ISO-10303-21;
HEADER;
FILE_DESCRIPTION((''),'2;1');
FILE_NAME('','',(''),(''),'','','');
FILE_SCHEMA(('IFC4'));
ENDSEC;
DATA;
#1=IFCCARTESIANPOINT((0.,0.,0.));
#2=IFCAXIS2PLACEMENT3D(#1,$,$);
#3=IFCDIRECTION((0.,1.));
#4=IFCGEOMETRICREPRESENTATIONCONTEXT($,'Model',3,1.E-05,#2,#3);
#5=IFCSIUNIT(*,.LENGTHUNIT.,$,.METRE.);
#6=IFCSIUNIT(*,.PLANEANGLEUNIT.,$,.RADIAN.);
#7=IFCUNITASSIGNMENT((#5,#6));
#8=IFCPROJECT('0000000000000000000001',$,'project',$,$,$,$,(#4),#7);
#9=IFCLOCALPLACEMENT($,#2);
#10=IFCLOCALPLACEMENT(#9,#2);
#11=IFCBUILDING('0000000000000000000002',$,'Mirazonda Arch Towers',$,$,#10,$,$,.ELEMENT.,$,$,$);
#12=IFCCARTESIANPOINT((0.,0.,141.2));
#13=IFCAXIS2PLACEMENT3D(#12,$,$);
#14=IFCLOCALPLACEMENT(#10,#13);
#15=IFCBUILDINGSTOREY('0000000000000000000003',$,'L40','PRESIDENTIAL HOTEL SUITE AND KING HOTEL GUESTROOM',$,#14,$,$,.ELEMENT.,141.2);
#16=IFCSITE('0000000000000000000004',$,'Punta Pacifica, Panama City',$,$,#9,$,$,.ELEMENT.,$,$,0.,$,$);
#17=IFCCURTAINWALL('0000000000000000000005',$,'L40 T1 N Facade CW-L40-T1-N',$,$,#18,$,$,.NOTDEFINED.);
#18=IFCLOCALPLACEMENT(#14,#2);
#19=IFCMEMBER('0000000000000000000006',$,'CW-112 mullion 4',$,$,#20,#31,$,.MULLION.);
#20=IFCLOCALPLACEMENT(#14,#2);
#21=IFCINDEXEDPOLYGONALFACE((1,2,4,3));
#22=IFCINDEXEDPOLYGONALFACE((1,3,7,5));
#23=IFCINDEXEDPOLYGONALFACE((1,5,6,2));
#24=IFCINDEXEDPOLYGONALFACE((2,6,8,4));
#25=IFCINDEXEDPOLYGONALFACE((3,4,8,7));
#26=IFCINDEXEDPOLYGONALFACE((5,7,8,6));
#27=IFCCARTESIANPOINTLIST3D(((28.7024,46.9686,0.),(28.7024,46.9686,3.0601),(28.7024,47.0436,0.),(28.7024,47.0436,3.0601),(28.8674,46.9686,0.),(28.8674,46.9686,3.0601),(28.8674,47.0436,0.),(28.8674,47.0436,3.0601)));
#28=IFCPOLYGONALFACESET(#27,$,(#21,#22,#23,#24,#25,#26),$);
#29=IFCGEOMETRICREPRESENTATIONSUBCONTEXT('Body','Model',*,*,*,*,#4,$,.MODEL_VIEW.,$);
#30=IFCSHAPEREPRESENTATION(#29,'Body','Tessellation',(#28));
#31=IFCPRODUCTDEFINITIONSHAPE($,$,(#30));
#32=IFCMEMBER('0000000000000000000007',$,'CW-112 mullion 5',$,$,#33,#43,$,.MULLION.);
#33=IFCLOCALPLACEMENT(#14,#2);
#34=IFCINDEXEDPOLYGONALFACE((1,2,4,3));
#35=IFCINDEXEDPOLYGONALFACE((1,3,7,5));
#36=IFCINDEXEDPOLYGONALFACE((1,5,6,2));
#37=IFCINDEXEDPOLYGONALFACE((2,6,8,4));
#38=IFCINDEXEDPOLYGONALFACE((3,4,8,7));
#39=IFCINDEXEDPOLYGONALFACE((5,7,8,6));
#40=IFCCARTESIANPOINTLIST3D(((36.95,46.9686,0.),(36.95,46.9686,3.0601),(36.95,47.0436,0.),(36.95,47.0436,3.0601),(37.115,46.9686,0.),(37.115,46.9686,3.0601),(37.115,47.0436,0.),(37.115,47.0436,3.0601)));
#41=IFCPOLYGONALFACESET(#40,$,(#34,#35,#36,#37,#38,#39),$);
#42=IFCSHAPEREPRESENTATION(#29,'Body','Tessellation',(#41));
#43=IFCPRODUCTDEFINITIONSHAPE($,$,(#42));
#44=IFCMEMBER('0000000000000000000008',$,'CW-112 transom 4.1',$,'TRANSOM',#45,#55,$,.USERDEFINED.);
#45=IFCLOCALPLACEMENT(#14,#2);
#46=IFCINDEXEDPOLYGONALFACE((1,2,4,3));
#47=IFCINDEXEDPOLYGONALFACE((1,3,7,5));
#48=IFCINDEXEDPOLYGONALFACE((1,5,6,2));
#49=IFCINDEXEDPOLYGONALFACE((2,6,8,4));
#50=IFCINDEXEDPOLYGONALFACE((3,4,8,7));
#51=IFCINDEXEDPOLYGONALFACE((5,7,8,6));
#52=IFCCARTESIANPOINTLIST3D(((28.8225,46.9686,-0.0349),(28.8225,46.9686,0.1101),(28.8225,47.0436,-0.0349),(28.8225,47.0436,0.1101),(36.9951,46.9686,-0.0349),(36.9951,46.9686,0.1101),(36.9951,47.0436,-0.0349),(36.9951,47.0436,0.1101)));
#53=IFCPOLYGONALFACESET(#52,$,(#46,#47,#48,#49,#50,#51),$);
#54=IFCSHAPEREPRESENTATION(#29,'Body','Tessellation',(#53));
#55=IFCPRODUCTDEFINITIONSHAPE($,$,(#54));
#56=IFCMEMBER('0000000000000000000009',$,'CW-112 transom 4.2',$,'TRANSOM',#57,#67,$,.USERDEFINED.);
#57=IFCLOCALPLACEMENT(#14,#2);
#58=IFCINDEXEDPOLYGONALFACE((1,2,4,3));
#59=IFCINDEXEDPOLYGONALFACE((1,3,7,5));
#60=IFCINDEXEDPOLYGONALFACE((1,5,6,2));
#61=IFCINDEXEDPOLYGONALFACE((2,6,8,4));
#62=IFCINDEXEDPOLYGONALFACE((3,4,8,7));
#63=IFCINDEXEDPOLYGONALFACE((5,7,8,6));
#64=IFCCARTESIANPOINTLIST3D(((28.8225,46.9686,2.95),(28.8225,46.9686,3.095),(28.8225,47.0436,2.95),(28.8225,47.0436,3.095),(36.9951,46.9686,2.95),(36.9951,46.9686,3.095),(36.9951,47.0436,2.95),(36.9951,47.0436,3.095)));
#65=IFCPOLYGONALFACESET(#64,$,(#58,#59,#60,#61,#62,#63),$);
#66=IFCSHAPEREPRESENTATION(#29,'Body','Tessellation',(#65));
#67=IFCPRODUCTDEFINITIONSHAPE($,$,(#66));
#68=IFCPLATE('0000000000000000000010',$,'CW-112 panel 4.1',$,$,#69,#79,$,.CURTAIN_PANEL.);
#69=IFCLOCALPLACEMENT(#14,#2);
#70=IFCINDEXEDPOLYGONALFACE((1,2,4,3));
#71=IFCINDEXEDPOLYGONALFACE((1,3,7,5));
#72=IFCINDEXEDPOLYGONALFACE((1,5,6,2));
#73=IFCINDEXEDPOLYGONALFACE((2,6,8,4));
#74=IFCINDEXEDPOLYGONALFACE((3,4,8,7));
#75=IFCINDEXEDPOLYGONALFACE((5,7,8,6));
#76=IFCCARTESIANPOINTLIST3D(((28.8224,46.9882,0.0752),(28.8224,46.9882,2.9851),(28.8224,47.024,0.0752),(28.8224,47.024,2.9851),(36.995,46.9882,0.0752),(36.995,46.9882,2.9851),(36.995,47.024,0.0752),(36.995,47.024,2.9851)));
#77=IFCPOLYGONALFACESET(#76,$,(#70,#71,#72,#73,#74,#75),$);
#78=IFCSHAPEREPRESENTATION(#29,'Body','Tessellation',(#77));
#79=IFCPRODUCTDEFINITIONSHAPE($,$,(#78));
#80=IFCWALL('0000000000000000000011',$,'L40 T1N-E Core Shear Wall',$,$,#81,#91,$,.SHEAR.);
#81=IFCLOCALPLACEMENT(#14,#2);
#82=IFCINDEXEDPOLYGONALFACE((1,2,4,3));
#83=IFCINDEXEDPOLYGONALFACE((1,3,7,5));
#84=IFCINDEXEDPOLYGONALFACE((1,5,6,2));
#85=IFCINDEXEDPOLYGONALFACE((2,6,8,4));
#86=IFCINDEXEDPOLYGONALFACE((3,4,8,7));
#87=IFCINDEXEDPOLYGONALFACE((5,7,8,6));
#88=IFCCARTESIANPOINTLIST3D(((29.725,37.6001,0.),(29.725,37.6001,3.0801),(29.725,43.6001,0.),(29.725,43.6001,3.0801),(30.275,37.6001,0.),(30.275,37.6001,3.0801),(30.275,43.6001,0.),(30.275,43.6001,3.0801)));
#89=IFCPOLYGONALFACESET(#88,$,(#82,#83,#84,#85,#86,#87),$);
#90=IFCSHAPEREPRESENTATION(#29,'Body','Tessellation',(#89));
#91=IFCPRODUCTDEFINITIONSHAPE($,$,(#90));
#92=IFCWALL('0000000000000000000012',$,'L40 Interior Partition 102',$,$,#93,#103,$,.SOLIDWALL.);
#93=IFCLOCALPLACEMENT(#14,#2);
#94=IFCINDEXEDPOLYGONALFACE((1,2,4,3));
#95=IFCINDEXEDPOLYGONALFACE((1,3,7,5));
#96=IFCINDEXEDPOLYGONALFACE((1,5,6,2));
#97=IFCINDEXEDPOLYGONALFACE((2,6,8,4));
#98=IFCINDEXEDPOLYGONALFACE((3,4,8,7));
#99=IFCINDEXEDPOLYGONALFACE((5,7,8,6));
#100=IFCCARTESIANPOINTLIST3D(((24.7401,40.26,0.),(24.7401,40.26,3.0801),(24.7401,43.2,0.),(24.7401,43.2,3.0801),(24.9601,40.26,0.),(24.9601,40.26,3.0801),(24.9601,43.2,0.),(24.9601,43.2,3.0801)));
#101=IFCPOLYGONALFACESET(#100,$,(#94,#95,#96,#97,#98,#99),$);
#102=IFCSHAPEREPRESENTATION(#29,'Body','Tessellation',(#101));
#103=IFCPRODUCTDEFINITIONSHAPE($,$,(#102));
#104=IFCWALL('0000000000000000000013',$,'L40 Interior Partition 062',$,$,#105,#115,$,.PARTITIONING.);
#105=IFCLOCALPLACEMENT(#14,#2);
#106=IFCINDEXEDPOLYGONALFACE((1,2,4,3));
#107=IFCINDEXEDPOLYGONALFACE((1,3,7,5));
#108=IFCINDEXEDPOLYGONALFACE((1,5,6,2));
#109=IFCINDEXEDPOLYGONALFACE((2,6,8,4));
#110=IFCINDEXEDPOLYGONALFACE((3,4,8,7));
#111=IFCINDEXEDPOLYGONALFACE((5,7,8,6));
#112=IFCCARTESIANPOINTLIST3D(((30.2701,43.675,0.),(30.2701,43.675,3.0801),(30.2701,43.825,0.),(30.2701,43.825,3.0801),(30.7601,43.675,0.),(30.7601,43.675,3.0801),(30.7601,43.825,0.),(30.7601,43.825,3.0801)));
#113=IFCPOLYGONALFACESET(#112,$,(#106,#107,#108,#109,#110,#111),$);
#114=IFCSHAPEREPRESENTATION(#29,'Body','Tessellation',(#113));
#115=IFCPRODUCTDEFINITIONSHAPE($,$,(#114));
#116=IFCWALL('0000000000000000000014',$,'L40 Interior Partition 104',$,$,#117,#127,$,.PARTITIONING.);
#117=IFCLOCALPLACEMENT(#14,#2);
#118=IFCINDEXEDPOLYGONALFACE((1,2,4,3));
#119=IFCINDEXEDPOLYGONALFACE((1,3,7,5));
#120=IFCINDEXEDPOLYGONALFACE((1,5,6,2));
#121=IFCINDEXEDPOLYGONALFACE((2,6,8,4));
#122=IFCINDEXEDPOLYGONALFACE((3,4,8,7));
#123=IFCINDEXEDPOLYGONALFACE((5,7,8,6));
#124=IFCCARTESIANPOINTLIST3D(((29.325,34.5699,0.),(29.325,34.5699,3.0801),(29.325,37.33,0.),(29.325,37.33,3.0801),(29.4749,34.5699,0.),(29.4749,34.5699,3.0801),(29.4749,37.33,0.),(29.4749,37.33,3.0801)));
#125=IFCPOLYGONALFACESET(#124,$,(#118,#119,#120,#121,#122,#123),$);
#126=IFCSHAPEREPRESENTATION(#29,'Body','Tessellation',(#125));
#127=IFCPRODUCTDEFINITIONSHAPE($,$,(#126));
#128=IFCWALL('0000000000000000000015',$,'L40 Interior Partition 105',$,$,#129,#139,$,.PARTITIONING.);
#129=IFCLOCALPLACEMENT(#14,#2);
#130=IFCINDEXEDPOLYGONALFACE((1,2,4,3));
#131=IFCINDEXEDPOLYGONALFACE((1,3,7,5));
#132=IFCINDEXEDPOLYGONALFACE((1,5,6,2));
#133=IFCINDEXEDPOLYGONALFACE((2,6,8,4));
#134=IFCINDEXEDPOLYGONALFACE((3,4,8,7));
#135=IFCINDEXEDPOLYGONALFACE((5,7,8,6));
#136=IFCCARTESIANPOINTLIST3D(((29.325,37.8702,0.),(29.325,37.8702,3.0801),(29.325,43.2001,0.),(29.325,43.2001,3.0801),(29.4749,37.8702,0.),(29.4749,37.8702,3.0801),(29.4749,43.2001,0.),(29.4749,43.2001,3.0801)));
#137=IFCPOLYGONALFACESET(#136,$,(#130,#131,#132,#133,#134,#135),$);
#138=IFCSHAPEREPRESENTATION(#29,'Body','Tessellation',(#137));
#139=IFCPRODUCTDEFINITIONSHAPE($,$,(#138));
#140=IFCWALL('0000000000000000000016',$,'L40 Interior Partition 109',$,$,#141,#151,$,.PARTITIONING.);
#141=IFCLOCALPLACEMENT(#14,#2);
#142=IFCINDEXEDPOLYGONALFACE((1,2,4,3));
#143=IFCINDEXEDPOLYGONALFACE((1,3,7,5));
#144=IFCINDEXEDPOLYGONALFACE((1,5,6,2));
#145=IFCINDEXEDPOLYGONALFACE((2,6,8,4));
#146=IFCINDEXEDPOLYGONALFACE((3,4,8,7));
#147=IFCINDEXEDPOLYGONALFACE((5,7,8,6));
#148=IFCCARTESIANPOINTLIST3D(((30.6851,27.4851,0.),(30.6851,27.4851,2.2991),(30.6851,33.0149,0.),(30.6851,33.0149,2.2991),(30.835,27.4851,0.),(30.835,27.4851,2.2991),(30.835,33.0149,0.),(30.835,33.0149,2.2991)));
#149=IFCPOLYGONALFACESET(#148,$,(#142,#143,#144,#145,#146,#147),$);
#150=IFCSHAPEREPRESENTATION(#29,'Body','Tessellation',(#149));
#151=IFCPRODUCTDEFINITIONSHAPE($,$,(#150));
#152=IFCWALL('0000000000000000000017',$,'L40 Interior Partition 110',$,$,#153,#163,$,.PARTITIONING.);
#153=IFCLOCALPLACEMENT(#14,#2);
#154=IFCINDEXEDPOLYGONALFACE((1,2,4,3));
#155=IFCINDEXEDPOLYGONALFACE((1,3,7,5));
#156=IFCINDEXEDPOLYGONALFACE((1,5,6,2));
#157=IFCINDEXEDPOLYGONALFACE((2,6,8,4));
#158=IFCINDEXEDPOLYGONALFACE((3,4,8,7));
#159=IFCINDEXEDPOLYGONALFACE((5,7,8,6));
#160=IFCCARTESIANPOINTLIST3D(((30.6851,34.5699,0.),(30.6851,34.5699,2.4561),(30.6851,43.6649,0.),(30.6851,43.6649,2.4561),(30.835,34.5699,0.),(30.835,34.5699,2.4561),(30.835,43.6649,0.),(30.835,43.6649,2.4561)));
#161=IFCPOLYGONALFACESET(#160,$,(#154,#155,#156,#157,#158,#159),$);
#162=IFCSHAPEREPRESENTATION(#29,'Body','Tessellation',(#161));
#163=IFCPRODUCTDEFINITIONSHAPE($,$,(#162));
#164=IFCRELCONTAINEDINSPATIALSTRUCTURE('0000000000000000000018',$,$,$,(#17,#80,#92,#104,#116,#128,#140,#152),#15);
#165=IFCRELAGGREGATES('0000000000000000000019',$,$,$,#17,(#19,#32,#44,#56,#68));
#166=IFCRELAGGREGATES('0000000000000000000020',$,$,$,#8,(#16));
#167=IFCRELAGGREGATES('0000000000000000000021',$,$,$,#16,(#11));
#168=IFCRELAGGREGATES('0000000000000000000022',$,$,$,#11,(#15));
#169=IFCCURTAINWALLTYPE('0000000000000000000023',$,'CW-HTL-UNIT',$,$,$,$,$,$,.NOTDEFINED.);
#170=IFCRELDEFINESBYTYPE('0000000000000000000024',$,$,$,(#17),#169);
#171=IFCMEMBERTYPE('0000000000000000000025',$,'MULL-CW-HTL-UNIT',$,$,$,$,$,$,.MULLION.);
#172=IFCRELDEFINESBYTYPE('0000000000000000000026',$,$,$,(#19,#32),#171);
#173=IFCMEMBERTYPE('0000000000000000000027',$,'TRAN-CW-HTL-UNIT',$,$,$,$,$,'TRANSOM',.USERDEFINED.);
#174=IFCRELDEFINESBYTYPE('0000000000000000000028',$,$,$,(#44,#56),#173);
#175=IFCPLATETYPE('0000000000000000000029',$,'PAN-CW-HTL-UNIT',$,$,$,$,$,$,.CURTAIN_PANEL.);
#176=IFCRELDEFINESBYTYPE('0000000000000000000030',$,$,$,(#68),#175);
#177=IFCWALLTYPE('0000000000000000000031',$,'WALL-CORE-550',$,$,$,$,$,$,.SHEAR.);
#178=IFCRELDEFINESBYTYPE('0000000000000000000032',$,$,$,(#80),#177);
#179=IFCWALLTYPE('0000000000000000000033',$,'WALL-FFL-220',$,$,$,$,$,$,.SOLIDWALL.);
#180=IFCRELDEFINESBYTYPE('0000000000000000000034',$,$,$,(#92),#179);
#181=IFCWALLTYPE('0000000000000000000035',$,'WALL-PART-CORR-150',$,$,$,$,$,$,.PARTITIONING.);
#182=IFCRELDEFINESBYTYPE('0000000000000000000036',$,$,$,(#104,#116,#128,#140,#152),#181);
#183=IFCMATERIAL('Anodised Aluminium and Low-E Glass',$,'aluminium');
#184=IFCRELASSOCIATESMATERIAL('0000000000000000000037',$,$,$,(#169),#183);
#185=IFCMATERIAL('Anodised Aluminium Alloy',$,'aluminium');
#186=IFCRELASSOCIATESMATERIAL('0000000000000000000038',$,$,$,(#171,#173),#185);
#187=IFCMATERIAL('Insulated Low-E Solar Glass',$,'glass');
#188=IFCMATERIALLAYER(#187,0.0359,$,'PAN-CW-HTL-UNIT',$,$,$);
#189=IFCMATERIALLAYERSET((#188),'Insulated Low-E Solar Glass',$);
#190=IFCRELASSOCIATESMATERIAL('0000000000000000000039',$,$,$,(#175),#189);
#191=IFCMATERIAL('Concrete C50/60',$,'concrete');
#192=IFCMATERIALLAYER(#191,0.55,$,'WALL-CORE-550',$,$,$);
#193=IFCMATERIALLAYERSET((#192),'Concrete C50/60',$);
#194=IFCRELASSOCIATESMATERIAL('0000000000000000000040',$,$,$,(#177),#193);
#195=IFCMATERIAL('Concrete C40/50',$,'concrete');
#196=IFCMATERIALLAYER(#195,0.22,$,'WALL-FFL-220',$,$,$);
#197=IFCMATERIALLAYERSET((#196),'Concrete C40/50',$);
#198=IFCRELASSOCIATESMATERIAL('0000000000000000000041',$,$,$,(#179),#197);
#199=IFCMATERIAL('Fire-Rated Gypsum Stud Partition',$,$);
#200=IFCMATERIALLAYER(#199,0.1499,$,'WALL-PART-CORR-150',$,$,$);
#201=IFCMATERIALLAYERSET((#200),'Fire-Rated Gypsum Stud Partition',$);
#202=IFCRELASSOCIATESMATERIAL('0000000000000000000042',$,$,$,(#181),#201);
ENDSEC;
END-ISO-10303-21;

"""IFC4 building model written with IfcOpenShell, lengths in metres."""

from ifc_helpers import new_model, si_unit, direction, frame, frame_2d, origin, origin_2d, place, context, subcontext, project, spatial, rectangle, extrude, material, layer, layer_set, material_profile, profile_set, type_object, element, aggregate, save


model = new_model("IFC4")

# Units and contexts
model_context = context("Model", 3, precision=1e-05, world=origin(), true_north=direction((0.0, 1.0)))
body_context = subcontext(model_context, "Body", "Model", "MODEL_VIEW")
ifc_project = project(units=[si_unit("LENGTHUNIT", "METRE"), si_unit("PLANEANGLEUNIT", "RADIAN")], contexts=[model_context])

# Site, building, storey
site_placement = place(None, origin())
site = spatial("IfcSite", under=ifc_project, at=site_placement, Name="Punta Pacifica, Panama City", CompositionType="ELEMENT", RefElevation=0.0)
building_placement = place(site_placement, origin())
building = spatial("IfcBuilding", under=site, at=building_placement, Name="Mirazonda Arch Towers", CompositionType="ELEMENT")
storey_placement = place(building_placement, frame((0.0, 0.0, 141.2)))
storey = spatial("IfcBuildingStorey", under=building, at=storey_placement, Name="L40", Description="PRESIDENTIAL HOTEL SUITE AND KING HOTEL GUESTROOM", CompositionType="ELEMENT", Elevation=141.2)

# Shared definitions
ifc_material_1 = material(Name="Concrete C50/60", Category="concrete")

# Curtain wall, members, plate
ifc_material_2 = material(Name="Anodised Aluminium and Low-E Glass", Category="aluminium")
curtain_wall_type = type_object("IfcCurtainWallType", Name="CW-HTL-UNIT", PredefinedType="NOTDEFINED", material=ifc_material_2)
curtain_wall_placement = place(storey_placement, origin())
curtain_wall = element("IfcCurtainWall", 1, at=curtain_wall_placement, inside=storey, type_object=curtain_wall_type, Name="L40 T1 N Facade CW-L40-T1-N", PredefinedType="NOTDEFINED")
ifc_material_3 = material(Name="Anodised Aluminium Alloy", Category="aluminium")
ifc_material_profile_1 = material_profile(ifc_material_3, rectangle(XDim=0.075, YDim=0.165, at=origin_2d()), Name="ALU-MULL-75x165")
ifc_profile_set_1 = profile_set([ifc_material_profile_1], Name="Anodised Aluminium Alloy")
member_type_1 = type_object("IfcMemberType", Name="MULL-CW-HTL-UNIT", PredefinedType="MULLION", material=ifc_profile_set_1)
member_1_placement = place(storey_placement, frame((28.7849, 47.0061, 0.0), z_axis=(0.0, 0.0, 1.0), x_axis=(0.0, 1.0, 0.0)))
member_1 = element("IfcMember", 2, at=member_1_placement, type_object=member_type_1, Name="CW-112 mullion 4", PredefinedType="MULLION", context=body_context, shape_type="SweptSolid", body=[
    extrude(rectangle(XDim=0.075, YDim=0.165, at=origin_2d()), origin(), (0.0, 0.0, 1.0), 3.0601),
])
member_2_placement = place(storey_placement, frame((37.0325, 47.0061, 0.0), z_axis=(0.0, 0.0, 1.0), x_axis=(0.0, 1.0, 0.0)))
member_2 = element("IfcMember", 3, at=member_2_placement, type_object=member_type_1, Name="CW-112 mullion 5", PredefinedType="MULLION", context=body_context, shape_type="SweptSolid", body=[
    extrude(rectangle(XDim=0.075, YDim=0.165, at=origin_2d()), origin(), (0.0, 0.0, 1.0), 3.0601),
])
ifc_material_profile_2 = material_profile(ifc_material_3, rectangle(XDim=0.075, YDim=0.145, at=origin_2d()), Name="ALU-TRAN-75x145")
ifc_profile_set_2 = profile_set([ifc_material_profile_2], Name="Anodised Aluminium Alloy")
member_type_2 = type_object("IfcMemberType", Name="TRAN-CW-HTL-UNIT", ElementType="TRANSOM", PredefinedType="USERDEFINED", material=ifc_profile_set_2)
member_3_placement = place(storey_placement, frame((28.8225, 47.0061, 0.0376), z_axis=(1.0, 0.0, 0.0), x_axis=(0.0, 1.0, 0.0)))
member_3 = element("IfcMember", 4, at=member_3_placement, type_object=member_type_2, Name="CW-112 transom 4.1", ObjectType="TRANSOM", PredefinedType="USERDEFINED", context=body_context, shape_type="SweptSolid", body=[
    extrude(rectangle(XDim=0.075, YDim=0.145, at=origin_2d()), origin(), (0.0, 0.0, 1.0), 8.1726),
])
member_4_placement = place(storey_placement, frame((28.8225, 47.0061, 3.0225), z_axis=(1.0, 0.0, 0.0), x_axis=(0.0, 1.0, 0.0)))
member_4 = element("IfcMember", 5, at=member_4_placement, type_object=member_type_2, Name="CW-112 transom 4.2", ObjectType="TRANSOM", PredefinedType="USERDEFINED", context=body_context, shape_type="SweptSolid", body=[
    extrude(rectangle(XDim=0.075, YDim=0.145, at=origin_2d()), origin(), (0.0, 0.0, 1.0), 8.1726),
])
ifc_material_4 = material(Name="Insulated Low-E Solar Glass", Category="glass")
ifc_layer_1 = layer(ifc_material_4, 0.0359, Name="PAN-CW-HTL-UNIT")
ifc_layer_set_1 = layer_set([ifc_layer_1], Name="Insulated Low-E Solar Glass")
plate_type = type_object("IfcPlateType", Name="PAN-CW-HTL-UNIT", PredefinedType="CURTAIN_PANEL", material=ifc_layer_set_1)
plate_placement = place(storey_placement, frame((32.9087, 47.0061, 0.0752), z_axis=(0.0, 0.0, 1.0), x_axis=(1.0, 0.0, 0.0)))
plate = element("IfcPlate", 6, at=plate_placement, type_object=plate_type, Name="CW-112 panel 4.1", PredefinedType="CURTAIN_PANEL", context=body_context, shape_type="SweptSolid", body=[
    extrude(rectangle(XDim=8.1726, YDim=0.0359, at=origin_2d()), origin(), (0.0, 0.0, 1.0), 2.9099),
])
aggregate(curtain_wall, [member_1, member_2, member_3, member_4, plate])

# Walls
ifc_layer_2 = layer(ifc_material_1, 0.55, Name="WALL-CORE-550")
ifc_layer_set_2 = layer_set([ifc_layer_2], Name="Concrete C50/60")
wall_type_1 = type_object("IfcWallType", Name="WALL-CORE-550", PredefinedType="SHEAR", material=ifc_layer_set_2)
wall_1_placement = place(storey_placement, frame((30.0, 37.6001, 0.0), z_axis=(0.0, 0.0, 1.0), x_axis=(0.0, 1.0, 0.0)))
element("IfcWall", 7, at=wall_1_placement, inside=storey, type_object=wall_type_1, Name="L40 T1N-E Core Shear Wall", PredefinedType="SHEAR", context=body_context, shape_type="SweptSolid", body=[
    extrude(rectangle(XDim=6.0, YDim=0.55, at=frame_2d((3.0, 0.0))), origin(), (0.0, 0.0, 1.0), 3.0801),
])
ifc_material_5 = material(Name="Concrete C40/50", Category="concrete")
ifc_layer_3 = layer(ifc_material_5, 0.22, Name="WALL-FFL-220")
ifc_layer_set_3 = layer_set([ifc_layer_3], Name="Concrete C40/50")
wall_type_2 = type_object("IfcWallType", Name="WALL-FFL-220", PredefinedType="SOLIDWALL", material=ifc_layer_set_3)
wall_2_placement = place(storey_placement, frame((24.8501, 40.26, 0.0), z_axis=(0.0, 0.0, 1.0), x_axis=(0.0, 1.0, 0.0)))
element("IfcWall", 8, at=wall_2_placement, inside=storey, type_object=wall_type_2, Name="L40 Interior Partition 102", PredefinedType="SOLIDWALL", context=body_context, shape_type="SweptSolid", body=[
    extrude(rectangle(XDim=2.9399, YDim=0.22, at=frame_2d((1.47, 0.0))), origin(), (0.0, 0.0, 1.0), 3.0801),
])
ifc_material_6 = material(Name="Fire-Rated Gypsum Stud Partition")
ifc_layer_4 = layer(ifc_material_6, 0.1499, Name="WALL-PART-CORR-150")
ifc_layer_set_4 = layer_set([ifc_layer_4], Name="Fire-Rated Gypsum Stud Partition")
wall_type_3 = type_object("IfcWallType", Name="WALL-PART-CORR-150", PredefinedType="PARTITIONING", material=ifc_layer_set_4)
wall_3_placement = place(storey_placement, frame((30.27, 43.75, 0.0), z_axis=(0.0, 0.0, 1.0), x_axis=(1.0, 0.0, 0.0)))
element("IfcWall", 9, at=wall_3_placement, inside=storey, type_object=wall_type_3, Name="L40 Interior Partition 062", PredefinedType="PARTITIONING", context=body_context, shape_type="SweptSolid", body=[
    extrude(rectangle(XDim=0.49, YDim=0.1499, at=frame_2d((0.2451, 0.0))), origin(), (0.0, 0.0, 1.0), 3.0801),
])
wall_4_placement = place(storey_placement, frame((29.3999, 34.5701, 0.0), z_axis=(0.0, 0.0, 1.0), x_axis=(0.0, 1.0, 0.0)))
element("IfcWall", 10, at=wall_4_placement, inside=storey, type_object=wall_type_3, Name="L40 Interior Partition 104", PredefinedType="PARTITIONING", context=body_context, shape_type="SweptSolid", body=[
    extrude(rectangle(XDim=2.76, YDim=0.1499, at=frame_2d((1.3799, 0.0))), origin(), (0.0, 0.0, 1.0), 3.0801),
])
wall_5_placement = place(storey_placement, frame((29.3999, 37.8701, 0.0), z_axis=(0.0, 0.0, 1.0), x_axis=(0.0, 1.0, 0.0)))
element("IfcWall", 11, at=wall_5_placement, inside=storey, type_object=wall_type_3, Name="L40 Interior Partition 105", PredefinedType="PARTITIONING", context=body_context, shape_type="SweptSolid", body=[
    extrude(rectangle(XDim=5.3298, YDim=0.1499, at=frame_2d((2.665, 0.0))), origin(), (0.0, 0.0, 1.0), 3.0801),
])
wall_6_placement = place(storey_placement, frame((30.76, 27.4851, 0.0), z_axis=(0.0, 0.0, 1.0), x_axis=(0.0, 1.0, 0.0)))
element("IfcWall", 12, at=wall_6_placement, inside=storey, type_object=wall_type_3, Name="L40 Interior Partition 109", PredefinedType="PARTITIONING", context=body_context, shape_type="SweptSolid", body=[
    extrude(rectangle(XDim=5.5298, YDim=0.1499, at=frame_2d((2.7649, 0.0))), origin(), (0.0, 0.0, 1.0), 2.2991),
])
wall_7_placement = place(storey_placement, frame((30.76, 34.5701, 0.0), z_axis=(0.0, 0.0, 1.0), x_axis=(0.0, 1.0, 0.0)))
element("IfcWall", 13, at=wall_7_placement, inside=storey, type_object=wall_type_3, Name="L40 Interior Partition 110", PredefinedType="PARTITIONING", context=body_context, shape_type="SweptSolid", body=[
    extrude(rectangle(XDim=9.095, YDim=0.1499, at=frame_2d((4.5474, 0.0))), origin(), (0.0, 0.0, 1.0), 2.4561),
])

save(model, "model.ifc")
